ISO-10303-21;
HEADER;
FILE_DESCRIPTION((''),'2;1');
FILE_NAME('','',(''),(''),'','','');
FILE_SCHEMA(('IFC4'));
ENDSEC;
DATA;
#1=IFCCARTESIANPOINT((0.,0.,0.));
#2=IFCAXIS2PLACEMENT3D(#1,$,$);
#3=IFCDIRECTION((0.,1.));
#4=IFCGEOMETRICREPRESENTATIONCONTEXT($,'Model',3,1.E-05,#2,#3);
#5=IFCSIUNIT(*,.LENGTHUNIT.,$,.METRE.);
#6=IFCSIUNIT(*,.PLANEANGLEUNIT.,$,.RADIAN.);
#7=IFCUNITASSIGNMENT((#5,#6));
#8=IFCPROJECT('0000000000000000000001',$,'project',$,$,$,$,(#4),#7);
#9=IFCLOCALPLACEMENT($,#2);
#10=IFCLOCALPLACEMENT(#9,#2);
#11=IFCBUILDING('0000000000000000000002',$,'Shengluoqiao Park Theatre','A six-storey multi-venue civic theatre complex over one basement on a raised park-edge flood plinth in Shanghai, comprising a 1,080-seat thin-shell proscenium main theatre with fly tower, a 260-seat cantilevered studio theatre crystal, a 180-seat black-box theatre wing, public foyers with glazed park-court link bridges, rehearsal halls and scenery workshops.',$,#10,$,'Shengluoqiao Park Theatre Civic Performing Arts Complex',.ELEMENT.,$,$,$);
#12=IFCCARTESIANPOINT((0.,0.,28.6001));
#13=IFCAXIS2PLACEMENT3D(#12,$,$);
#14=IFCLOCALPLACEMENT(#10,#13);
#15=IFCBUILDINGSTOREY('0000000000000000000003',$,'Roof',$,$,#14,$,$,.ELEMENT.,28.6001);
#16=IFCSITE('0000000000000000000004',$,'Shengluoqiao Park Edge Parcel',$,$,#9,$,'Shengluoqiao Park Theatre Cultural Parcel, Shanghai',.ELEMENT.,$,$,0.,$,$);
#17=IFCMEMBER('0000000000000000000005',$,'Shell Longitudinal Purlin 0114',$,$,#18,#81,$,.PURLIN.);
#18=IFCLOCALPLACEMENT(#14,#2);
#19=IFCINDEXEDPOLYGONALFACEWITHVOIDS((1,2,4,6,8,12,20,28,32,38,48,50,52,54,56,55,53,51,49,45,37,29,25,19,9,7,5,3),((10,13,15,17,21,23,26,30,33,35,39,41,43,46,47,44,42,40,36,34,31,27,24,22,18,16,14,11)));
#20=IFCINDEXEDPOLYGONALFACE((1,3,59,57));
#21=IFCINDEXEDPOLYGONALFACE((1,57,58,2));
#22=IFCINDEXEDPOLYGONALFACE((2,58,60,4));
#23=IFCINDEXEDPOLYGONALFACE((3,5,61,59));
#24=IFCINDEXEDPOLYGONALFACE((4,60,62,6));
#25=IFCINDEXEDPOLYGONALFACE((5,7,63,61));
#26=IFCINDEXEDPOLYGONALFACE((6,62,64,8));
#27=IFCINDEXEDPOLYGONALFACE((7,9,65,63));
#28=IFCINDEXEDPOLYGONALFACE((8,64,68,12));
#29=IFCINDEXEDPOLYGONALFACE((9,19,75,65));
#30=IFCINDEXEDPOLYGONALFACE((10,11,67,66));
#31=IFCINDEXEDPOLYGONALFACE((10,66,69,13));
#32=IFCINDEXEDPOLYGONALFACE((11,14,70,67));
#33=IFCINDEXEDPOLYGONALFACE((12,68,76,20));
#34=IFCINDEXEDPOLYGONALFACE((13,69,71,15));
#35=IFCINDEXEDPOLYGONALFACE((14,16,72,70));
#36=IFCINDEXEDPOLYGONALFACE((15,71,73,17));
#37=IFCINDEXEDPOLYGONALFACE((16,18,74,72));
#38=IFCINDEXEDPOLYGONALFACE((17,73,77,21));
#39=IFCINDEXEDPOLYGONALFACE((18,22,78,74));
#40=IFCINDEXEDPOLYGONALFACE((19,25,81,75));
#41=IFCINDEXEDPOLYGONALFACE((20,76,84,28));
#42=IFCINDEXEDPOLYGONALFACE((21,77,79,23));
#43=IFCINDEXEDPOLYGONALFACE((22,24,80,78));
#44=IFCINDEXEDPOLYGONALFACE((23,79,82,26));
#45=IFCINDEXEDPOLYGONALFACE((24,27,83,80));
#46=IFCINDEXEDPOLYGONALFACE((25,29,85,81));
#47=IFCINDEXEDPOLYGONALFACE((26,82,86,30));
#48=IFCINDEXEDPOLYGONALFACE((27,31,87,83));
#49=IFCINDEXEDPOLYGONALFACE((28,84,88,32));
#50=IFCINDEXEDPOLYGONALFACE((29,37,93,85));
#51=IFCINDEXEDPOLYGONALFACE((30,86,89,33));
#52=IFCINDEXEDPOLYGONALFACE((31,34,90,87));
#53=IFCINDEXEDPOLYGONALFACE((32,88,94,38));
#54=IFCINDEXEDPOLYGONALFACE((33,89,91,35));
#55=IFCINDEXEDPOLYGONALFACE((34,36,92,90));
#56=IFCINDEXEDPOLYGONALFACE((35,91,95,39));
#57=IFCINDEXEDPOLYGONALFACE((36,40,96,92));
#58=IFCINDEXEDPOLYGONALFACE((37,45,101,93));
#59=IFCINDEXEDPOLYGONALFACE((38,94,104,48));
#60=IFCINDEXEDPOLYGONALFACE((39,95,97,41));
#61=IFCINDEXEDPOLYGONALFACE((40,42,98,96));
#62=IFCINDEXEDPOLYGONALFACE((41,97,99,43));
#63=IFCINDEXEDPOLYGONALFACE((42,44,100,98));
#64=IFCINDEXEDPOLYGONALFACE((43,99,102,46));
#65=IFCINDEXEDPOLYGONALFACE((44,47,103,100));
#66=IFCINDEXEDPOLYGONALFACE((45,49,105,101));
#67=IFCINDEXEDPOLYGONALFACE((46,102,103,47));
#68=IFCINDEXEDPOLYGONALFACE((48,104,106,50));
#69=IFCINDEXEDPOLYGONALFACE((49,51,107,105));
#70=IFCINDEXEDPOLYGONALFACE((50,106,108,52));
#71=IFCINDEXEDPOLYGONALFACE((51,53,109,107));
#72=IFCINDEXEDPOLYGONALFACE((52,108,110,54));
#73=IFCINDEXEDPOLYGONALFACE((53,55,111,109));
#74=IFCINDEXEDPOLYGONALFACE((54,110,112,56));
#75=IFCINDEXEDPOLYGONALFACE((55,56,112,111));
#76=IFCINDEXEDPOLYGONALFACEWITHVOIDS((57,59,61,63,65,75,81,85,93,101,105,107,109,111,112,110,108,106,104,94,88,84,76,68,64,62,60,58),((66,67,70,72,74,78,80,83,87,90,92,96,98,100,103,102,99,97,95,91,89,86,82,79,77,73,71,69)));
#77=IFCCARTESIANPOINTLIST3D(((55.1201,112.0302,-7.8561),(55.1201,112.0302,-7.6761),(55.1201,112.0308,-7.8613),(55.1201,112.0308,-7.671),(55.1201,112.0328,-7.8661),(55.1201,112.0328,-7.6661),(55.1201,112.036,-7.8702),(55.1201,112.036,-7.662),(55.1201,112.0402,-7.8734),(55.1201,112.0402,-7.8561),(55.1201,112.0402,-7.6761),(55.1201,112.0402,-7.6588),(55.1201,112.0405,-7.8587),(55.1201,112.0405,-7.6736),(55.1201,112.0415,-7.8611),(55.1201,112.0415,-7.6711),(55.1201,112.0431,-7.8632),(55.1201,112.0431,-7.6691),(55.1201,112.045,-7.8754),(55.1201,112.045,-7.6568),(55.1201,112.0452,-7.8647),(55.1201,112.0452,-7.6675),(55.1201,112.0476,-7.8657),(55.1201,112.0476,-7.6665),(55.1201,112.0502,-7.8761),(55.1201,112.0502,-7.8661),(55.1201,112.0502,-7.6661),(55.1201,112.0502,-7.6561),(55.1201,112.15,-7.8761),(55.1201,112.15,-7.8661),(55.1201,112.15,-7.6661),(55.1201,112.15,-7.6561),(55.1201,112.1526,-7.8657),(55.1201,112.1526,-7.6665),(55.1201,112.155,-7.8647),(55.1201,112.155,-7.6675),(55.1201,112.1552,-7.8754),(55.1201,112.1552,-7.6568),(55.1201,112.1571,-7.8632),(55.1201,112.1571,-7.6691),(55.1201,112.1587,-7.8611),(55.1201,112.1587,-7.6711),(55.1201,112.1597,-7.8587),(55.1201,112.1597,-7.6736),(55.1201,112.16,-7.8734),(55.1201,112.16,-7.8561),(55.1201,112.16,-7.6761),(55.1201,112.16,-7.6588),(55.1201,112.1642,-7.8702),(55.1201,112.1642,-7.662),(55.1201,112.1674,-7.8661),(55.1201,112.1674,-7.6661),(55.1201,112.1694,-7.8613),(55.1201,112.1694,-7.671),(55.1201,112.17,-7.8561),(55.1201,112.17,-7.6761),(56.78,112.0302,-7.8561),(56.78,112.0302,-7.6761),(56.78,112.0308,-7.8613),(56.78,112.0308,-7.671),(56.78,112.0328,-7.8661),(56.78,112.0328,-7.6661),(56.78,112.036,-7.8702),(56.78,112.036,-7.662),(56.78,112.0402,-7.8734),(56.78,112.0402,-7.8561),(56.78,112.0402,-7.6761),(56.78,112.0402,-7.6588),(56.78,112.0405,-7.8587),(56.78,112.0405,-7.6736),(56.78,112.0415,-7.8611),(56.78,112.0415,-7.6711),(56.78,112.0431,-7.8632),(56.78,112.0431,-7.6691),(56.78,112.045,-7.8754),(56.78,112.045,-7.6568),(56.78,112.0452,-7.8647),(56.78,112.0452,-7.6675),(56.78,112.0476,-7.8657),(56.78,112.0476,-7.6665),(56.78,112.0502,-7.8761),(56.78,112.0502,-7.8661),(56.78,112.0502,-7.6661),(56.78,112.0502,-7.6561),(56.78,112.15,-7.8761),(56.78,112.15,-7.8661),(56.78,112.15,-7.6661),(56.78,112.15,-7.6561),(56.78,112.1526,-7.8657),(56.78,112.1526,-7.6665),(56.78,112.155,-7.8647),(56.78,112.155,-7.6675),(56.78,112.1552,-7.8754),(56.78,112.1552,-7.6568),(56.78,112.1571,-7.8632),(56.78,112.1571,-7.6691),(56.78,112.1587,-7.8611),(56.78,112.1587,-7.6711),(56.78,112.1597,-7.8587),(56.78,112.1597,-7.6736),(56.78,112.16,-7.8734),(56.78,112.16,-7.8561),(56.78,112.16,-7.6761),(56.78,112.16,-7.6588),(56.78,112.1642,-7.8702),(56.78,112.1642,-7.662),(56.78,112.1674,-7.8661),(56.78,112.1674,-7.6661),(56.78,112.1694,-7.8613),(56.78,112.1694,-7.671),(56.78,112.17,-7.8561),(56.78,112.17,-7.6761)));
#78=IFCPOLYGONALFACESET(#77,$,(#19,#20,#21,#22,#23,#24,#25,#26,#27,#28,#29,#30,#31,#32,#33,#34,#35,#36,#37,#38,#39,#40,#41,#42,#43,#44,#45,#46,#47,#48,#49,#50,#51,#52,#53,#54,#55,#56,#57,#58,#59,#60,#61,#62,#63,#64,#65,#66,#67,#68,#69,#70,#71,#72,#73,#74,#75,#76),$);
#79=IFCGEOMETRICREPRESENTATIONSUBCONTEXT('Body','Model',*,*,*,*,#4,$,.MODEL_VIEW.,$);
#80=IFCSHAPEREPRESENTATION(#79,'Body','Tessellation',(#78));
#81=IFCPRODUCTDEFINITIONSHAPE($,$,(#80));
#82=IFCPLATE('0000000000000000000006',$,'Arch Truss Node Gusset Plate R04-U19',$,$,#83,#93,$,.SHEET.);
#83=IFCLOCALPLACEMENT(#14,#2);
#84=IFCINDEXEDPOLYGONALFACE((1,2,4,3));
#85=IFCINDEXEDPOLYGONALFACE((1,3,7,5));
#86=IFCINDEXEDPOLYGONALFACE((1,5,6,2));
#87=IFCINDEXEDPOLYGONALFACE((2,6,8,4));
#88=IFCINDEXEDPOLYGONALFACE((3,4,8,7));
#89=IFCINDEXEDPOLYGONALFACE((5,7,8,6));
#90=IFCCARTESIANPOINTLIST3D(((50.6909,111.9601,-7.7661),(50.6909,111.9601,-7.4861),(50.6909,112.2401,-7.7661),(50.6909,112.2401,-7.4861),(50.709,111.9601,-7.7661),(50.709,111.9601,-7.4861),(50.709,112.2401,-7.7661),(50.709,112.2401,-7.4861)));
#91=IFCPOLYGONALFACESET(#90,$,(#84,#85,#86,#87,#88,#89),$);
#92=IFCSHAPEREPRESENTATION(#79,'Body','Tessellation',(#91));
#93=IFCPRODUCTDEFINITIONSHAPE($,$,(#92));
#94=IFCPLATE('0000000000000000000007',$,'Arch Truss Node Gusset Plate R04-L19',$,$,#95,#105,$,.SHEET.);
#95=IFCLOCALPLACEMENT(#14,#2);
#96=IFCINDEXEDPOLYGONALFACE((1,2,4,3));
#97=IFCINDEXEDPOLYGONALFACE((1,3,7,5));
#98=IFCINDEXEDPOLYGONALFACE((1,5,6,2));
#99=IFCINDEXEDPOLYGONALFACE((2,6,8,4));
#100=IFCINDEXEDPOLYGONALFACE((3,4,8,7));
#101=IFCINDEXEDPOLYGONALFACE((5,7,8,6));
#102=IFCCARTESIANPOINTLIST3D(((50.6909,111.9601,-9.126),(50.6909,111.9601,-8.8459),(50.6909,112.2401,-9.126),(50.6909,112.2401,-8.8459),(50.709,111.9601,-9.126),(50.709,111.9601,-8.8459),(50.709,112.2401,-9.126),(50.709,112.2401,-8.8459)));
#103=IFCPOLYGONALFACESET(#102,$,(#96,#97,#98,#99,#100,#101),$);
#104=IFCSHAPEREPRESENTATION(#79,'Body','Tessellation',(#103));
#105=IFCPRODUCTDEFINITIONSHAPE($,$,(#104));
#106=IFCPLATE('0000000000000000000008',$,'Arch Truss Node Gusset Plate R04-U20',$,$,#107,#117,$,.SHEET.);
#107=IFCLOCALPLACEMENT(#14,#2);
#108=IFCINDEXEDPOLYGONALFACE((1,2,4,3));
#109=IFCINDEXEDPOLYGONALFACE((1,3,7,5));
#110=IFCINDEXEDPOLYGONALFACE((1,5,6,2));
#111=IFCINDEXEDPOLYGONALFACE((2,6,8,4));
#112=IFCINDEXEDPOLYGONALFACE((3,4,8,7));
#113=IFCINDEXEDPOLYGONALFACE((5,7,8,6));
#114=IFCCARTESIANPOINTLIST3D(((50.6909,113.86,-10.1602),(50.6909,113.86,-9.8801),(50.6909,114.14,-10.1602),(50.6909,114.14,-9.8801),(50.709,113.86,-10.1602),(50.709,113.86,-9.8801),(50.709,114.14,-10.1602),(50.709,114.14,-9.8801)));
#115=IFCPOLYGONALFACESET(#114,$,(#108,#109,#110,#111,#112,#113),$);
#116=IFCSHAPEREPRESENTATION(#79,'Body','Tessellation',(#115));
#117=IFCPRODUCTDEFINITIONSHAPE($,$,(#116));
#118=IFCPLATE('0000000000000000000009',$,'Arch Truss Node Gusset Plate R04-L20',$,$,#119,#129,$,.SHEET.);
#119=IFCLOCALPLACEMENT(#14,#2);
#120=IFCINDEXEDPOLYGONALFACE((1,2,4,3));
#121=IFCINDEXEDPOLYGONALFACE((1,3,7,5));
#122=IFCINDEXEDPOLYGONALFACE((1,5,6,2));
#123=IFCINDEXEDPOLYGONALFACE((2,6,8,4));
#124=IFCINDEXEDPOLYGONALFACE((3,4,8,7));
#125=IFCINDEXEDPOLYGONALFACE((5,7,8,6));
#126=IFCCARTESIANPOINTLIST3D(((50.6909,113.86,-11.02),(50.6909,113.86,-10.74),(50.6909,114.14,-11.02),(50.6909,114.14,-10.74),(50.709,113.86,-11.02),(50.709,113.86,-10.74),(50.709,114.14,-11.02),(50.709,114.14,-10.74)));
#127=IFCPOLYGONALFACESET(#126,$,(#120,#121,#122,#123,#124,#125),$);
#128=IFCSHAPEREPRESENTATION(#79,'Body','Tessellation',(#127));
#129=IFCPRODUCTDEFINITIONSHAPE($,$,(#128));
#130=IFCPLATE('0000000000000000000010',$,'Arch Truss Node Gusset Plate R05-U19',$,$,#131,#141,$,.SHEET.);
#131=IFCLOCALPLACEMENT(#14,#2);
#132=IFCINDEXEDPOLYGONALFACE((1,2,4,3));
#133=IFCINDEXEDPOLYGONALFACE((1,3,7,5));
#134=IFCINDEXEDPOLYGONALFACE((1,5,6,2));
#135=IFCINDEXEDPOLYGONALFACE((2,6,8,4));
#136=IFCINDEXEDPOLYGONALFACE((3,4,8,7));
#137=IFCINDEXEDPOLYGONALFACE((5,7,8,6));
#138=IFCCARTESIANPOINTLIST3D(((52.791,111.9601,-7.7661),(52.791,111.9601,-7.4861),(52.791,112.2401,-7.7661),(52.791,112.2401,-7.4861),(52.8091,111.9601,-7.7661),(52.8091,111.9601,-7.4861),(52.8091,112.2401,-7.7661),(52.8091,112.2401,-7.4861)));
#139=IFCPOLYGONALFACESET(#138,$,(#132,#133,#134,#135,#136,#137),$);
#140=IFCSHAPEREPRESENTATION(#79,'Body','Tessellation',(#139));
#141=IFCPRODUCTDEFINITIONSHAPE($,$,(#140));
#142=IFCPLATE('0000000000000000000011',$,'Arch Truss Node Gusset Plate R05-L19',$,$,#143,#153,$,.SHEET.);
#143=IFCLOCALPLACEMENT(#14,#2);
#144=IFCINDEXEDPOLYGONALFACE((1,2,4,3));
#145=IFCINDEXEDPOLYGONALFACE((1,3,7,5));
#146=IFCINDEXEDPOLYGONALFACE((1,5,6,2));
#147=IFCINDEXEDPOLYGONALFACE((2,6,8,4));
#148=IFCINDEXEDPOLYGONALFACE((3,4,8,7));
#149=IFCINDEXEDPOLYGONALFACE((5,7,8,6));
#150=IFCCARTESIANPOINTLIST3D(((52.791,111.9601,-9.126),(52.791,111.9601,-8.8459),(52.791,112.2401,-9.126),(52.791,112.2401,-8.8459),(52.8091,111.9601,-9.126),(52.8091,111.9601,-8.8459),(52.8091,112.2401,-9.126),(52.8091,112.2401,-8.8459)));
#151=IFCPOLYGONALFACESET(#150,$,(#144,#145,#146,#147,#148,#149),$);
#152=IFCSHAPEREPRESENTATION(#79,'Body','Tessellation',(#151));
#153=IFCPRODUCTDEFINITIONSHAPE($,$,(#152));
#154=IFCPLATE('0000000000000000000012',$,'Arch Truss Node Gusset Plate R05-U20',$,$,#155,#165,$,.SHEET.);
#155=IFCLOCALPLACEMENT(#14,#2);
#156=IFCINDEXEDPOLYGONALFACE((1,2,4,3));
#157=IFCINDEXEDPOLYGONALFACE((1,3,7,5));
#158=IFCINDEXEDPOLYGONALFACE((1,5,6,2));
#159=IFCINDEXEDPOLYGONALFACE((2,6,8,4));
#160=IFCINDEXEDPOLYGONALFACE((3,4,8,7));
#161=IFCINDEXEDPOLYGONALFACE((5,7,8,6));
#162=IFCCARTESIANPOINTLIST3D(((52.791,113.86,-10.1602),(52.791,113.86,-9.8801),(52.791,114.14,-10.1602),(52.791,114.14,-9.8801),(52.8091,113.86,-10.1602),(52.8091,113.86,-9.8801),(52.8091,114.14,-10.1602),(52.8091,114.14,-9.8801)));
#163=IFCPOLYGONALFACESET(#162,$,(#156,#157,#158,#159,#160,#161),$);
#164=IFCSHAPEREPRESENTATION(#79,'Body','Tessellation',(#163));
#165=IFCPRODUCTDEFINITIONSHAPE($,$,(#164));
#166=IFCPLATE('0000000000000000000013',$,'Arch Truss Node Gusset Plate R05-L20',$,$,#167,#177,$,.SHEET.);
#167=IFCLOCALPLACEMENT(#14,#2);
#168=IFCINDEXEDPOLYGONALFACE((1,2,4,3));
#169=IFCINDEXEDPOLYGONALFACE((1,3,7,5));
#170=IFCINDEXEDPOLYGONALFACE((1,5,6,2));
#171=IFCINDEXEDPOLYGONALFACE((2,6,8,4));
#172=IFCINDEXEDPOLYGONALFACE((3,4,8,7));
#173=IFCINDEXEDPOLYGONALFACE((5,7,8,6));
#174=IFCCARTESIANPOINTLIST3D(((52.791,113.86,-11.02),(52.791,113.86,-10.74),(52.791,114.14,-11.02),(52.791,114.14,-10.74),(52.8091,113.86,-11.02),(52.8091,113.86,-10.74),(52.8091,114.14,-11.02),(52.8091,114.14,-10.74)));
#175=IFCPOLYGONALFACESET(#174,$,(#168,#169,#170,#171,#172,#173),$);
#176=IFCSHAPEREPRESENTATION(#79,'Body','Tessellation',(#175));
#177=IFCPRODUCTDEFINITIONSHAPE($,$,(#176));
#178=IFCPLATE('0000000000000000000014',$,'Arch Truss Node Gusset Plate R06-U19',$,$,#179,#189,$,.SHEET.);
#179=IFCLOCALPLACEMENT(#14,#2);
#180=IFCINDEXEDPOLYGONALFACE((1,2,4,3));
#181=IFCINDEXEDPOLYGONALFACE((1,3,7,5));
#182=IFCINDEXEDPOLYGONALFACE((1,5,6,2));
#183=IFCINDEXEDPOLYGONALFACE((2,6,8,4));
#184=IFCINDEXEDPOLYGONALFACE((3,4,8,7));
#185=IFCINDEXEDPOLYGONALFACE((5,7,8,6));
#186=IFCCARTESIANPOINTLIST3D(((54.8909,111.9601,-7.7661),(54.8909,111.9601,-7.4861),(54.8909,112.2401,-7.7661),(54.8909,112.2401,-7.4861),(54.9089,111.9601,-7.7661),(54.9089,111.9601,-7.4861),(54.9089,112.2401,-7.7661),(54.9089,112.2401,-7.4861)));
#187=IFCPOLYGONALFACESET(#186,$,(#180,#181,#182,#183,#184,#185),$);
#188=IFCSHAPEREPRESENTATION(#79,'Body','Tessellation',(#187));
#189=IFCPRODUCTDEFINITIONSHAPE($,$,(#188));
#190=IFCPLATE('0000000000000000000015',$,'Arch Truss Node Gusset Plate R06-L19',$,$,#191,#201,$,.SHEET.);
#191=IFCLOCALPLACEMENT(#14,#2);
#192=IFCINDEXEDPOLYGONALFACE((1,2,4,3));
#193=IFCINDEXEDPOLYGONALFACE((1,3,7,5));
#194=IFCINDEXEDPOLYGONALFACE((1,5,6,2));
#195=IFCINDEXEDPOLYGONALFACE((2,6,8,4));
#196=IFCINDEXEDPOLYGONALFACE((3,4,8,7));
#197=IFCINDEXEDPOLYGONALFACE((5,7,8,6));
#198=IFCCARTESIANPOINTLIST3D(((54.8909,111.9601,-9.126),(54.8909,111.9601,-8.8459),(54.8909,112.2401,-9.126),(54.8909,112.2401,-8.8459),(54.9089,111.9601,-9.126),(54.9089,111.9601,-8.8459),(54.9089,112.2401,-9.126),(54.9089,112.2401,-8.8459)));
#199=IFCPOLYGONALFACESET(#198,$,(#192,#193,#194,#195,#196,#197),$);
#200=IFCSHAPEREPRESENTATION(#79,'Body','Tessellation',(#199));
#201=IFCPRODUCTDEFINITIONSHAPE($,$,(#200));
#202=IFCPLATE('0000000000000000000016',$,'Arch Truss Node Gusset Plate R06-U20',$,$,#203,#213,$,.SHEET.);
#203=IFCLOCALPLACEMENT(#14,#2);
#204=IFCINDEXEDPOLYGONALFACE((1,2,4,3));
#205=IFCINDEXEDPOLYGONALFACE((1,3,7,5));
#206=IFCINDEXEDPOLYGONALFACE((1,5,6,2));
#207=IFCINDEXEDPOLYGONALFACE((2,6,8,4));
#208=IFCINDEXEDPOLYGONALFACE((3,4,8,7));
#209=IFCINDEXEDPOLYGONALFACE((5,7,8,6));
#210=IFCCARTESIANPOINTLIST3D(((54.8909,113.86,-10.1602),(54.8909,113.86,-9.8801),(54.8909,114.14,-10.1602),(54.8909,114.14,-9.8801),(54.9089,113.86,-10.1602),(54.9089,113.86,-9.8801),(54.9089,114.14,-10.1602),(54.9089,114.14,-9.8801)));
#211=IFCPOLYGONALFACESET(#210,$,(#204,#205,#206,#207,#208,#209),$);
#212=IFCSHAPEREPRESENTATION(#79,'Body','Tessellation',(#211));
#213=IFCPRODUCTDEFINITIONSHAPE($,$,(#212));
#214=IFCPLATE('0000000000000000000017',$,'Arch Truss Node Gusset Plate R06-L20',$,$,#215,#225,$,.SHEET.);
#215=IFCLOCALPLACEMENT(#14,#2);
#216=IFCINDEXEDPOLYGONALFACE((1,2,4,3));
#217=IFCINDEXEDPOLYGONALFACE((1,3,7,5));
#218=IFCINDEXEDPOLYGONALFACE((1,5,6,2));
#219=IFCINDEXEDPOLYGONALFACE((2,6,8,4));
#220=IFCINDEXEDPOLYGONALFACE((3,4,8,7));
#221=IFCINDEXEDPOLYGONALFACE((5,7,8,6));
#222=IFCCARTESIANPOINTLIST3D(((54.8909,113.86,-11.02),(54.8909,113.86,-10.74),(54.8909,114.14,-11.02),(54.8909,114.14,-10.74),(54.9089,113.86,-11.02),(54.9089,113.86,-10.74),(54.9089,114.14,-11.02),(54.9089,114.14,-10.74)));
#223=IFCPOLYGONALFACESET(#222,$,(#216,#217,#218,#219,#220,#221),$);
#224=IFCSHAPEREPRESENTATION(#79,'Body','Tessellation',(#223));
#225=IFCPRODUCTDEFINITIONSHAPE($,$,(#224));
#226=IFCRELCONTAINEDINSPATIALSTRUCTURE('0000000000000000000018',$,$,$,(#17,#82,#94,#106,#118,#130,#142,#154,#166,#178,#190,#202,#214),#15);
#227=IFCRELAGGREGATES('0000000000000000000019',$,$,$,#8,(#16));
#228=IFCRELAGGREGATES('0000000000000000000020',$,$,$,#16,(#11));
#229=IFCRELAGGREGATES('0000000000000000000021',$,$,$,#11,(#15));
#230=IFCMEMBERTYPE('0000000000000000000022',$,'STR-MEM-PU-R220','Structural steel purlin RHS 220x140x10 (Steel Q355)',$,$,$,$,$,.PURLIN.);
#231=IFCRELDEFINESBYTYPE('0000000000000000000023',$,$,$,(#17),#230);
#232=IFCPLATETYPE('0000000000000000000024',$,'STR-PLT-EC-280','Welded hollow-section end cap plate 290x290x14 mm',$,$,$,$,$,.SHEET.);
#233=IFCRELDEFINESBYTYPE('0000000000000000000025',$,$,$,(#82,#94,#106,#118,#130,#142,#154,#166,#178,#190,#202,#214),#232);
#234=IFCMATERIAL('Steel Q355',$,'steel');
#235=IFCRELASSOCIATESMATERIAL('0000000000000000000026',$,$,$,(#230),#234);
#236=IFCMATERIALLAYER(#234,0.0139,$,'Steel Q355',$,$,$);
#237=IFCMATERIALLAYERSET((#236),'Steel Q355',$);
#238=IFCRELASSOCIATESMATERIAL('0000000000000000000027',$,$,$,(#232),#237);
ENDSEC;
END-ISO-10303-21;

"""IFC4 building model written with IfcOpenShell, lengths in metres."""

from ifc_helpers import new_model, si_unit, direction, frame, origin, origin_2d, place, context, subcontext, project, spatial, rectangle, hollow_rectangle, extrude, material, layer, layer_set, material_profile, profile_set, type_object, element, save


model = new_model("IFC4")

# Units and contexts
model_context = context("Model", 3, precision=1e-05, world=origin(), true_north=direction((0.0, 1.0)))
body_context = subcontext(model_context, "Body", "Model", "MODEL_VIEW")
ifc_project = project(units=[si_unit("LENGTHUNIT", "METRE"), si_unit("PLANEANGLEUNIT", "RADIAN")], contexts=[model_context])

# Site, building, storey
site_placement = place(None, origin())
site = spatial("IfcSite", under=ifc_project, at=site_placement, Name="Shengluoqiao Park Edge Parcel", LongName="Shengluoqiao Park Theatre Cultural Parcel, Shanghai", CompositionType="ELEMENT", RefElevation=0.0)
building_placement = place(site_placement, origin())
building = spatial("IfcBuilding", under=site, at=building_placement, Name="Shengluoqiao Park Theatre", Description="A six-storey multi-venue civic theatre complex over one basement on a raised park-edge flood plinth in Shanghai, comprising a 1,080-seat thin-shell proscenium main theatre with fly tower, a 260-seat cantilevered studio theatre crystal, a 180-seat black-box theatre wing, public foyers with glazed park-court link bridges, rehearsal halls and scenery workshops.", LongName="Shengluoqiao Park Theatre Civic Performing Arts Complex", CompositionType="ELEMENT")
storey_placement = place(building_placement, frame((0.0, 0.0, 28.6001)))
storey = spatial("IfcBuildingStorey", under=building, at=storey_placement, Name="Roof", CompositionType="ELEMENT", Elevation=28.6001)

# Shared definitions
ifc_material_1 = material(Name="Steel Q355", Category="steel")

# Member
ifc_material_profile_1 = material_profile(ifc_material_1, hollow_rectangle(XDim=0.1399, YDim=0.22, WallThickness=0.01, InnerFilletRadius=0.01, OuterFilletRadius=0.02, at=origin_2d()), Name="RHS 220x140x10")
ifc_profile_set_1 = profile_set([ifc_material_profile_1], Name="Steel Q355")
member_type_1 = type_object("IfcMemberType", Name="STR-MEM-PU-R220", Description="Structural steel purlin RHS 220x140x10 (Steel Q355)", PredefinedType="PURLIN", material=ifc_profile_set_1)
for number, where, z_axis, x_axis, name in (
    (1, (55.1201, 112.1001, -7.7661), (1.0, 0.0, 0.0), (0.0, 1.0, 0.0), "Shell Longitudinal Purlin 0114"),
):
    element("IfcMember", number, at=place(storey_placement, frame(where, z_axis=z_axis, x_axis=x_axis)), inside=storey, type_object=member_type_1, Name=name, PredefinedType="PURLIN", context=body_context, shape_type="SweptSolid", body=[
        extrude(hollow_rectangle(XDim=0.1399, YDim=0.22, WallThickness=0.01, InnerFilletRadius=0.01, OuterFilletRadius=0.02, at=origin_2d()), origin(), (0.0, 0.0, 1.0), 1.6599),
    ])

# Plates
ifc_layer_1 = layer(ifc_material_1, 0.0139, Name="Steel Q355")
ifc_layer_set_1 = layer_set([ifc_layer_1], Name="Steel Q355")
plate_type_1 = type_object("IfcPlateType", Name="STR-PLT-EC-280", Description="Welded hollow-section end cap plate 290x290x14 mm", PredefinedType="SHEET", material=ifc_layer_set_1)
for number, where, z_axis, x_axis, name in (
    (2, (50.7, 112.1001, -7.7661), (0.0, 0.0, 1.0), (1.0, 0.0, 0.0), "Arch Truss Node Gusset Plate R04-U19"),
    (3, (50.7, 112.1001, -9.126), (0.0, 0.0, 1.0), (1.0, 0.0, 0.0), "Arch Truss Node Gusset Plate R04-L19"),
    (4, (50.7, 114.0, -10.1602), (0.0, 0.0, 1.0), (1.0, 0.0, 0.0), "Arch Truss Node Gusset Plate R04-U20"),
    (5, (50.7, 114.0, -11.02), (0.0, 0.0, 1.0), (1.0, 0.0, 0.0), "Arch Truss Node Gusset Plate R04-L20"),
    (6, (52.8, 112.1001, -7.7661), (0.0, 0.0, 1.0), (1.0, 0.0, 0.0), "Arch Truss Node Gusset Plate R05-U19"),
    (7, (52.8, 112.1001, -9.126), (0.0, 0.0, 1.0), (1.0, 0.0, 0.0), "Arch Truss Node Gusset Plate R05-L19"),
    (8, (52.8, 114.0, -10.1602), (0.0, 0.0, 1.0), (1.0, 0.0, 0.0), "Arch Truss Node Gusset Plate R05-U20"),
    (9, (52.8, 114.0, -11.02), (0.0, 0.0, 1.0), (1.0, 0.0, 0.0), "Arch Truss Node Gusset Plate R05-L20"),
    (10, (54.8999, 112.1001, -7.7661), (0.0, 0.0, 1.0), (1.0, 0.0, 0.0), "Arch Truss Node Gusset Plate R06-U19"),
    (11, (54.8999, 112.1001, -9.126), (0.0, 0.0, 1.0), (1.0, 0.0, 0.0), "Arch Truss Node Gusset Plate R06-L19"),
    (12, (54.8999, 114.0, -10.1602), (0.0, 0.0, 1.0), (1.0, 0.0, 0.0), "Arch Truss Node Gusset Plate R06-U20"),
    (13, (54.8999, 114.0, -11.02), (0.0, 0.0, 1.0), (1.0, 0.0, 0.0), "Arch Truss Node Gusset Plate R06-L20"),
):
    element("IfcPlate", number, at=place(storey_placement, frame(where, z_axis=z_axis, x_axis=x_axis)), inside=storey, type_object=plate_type_1, Name=name, PredefinedType="SHEET", context=body_context, shape_type="SweptSolid", body=[
        extrude(rectangle(XDim=0.0181, YDim=0.28, at=origin_2d()), origin(), (0.0, 0.0, 1.0), 0.28),
    ])

save(model, "model.ifc")
